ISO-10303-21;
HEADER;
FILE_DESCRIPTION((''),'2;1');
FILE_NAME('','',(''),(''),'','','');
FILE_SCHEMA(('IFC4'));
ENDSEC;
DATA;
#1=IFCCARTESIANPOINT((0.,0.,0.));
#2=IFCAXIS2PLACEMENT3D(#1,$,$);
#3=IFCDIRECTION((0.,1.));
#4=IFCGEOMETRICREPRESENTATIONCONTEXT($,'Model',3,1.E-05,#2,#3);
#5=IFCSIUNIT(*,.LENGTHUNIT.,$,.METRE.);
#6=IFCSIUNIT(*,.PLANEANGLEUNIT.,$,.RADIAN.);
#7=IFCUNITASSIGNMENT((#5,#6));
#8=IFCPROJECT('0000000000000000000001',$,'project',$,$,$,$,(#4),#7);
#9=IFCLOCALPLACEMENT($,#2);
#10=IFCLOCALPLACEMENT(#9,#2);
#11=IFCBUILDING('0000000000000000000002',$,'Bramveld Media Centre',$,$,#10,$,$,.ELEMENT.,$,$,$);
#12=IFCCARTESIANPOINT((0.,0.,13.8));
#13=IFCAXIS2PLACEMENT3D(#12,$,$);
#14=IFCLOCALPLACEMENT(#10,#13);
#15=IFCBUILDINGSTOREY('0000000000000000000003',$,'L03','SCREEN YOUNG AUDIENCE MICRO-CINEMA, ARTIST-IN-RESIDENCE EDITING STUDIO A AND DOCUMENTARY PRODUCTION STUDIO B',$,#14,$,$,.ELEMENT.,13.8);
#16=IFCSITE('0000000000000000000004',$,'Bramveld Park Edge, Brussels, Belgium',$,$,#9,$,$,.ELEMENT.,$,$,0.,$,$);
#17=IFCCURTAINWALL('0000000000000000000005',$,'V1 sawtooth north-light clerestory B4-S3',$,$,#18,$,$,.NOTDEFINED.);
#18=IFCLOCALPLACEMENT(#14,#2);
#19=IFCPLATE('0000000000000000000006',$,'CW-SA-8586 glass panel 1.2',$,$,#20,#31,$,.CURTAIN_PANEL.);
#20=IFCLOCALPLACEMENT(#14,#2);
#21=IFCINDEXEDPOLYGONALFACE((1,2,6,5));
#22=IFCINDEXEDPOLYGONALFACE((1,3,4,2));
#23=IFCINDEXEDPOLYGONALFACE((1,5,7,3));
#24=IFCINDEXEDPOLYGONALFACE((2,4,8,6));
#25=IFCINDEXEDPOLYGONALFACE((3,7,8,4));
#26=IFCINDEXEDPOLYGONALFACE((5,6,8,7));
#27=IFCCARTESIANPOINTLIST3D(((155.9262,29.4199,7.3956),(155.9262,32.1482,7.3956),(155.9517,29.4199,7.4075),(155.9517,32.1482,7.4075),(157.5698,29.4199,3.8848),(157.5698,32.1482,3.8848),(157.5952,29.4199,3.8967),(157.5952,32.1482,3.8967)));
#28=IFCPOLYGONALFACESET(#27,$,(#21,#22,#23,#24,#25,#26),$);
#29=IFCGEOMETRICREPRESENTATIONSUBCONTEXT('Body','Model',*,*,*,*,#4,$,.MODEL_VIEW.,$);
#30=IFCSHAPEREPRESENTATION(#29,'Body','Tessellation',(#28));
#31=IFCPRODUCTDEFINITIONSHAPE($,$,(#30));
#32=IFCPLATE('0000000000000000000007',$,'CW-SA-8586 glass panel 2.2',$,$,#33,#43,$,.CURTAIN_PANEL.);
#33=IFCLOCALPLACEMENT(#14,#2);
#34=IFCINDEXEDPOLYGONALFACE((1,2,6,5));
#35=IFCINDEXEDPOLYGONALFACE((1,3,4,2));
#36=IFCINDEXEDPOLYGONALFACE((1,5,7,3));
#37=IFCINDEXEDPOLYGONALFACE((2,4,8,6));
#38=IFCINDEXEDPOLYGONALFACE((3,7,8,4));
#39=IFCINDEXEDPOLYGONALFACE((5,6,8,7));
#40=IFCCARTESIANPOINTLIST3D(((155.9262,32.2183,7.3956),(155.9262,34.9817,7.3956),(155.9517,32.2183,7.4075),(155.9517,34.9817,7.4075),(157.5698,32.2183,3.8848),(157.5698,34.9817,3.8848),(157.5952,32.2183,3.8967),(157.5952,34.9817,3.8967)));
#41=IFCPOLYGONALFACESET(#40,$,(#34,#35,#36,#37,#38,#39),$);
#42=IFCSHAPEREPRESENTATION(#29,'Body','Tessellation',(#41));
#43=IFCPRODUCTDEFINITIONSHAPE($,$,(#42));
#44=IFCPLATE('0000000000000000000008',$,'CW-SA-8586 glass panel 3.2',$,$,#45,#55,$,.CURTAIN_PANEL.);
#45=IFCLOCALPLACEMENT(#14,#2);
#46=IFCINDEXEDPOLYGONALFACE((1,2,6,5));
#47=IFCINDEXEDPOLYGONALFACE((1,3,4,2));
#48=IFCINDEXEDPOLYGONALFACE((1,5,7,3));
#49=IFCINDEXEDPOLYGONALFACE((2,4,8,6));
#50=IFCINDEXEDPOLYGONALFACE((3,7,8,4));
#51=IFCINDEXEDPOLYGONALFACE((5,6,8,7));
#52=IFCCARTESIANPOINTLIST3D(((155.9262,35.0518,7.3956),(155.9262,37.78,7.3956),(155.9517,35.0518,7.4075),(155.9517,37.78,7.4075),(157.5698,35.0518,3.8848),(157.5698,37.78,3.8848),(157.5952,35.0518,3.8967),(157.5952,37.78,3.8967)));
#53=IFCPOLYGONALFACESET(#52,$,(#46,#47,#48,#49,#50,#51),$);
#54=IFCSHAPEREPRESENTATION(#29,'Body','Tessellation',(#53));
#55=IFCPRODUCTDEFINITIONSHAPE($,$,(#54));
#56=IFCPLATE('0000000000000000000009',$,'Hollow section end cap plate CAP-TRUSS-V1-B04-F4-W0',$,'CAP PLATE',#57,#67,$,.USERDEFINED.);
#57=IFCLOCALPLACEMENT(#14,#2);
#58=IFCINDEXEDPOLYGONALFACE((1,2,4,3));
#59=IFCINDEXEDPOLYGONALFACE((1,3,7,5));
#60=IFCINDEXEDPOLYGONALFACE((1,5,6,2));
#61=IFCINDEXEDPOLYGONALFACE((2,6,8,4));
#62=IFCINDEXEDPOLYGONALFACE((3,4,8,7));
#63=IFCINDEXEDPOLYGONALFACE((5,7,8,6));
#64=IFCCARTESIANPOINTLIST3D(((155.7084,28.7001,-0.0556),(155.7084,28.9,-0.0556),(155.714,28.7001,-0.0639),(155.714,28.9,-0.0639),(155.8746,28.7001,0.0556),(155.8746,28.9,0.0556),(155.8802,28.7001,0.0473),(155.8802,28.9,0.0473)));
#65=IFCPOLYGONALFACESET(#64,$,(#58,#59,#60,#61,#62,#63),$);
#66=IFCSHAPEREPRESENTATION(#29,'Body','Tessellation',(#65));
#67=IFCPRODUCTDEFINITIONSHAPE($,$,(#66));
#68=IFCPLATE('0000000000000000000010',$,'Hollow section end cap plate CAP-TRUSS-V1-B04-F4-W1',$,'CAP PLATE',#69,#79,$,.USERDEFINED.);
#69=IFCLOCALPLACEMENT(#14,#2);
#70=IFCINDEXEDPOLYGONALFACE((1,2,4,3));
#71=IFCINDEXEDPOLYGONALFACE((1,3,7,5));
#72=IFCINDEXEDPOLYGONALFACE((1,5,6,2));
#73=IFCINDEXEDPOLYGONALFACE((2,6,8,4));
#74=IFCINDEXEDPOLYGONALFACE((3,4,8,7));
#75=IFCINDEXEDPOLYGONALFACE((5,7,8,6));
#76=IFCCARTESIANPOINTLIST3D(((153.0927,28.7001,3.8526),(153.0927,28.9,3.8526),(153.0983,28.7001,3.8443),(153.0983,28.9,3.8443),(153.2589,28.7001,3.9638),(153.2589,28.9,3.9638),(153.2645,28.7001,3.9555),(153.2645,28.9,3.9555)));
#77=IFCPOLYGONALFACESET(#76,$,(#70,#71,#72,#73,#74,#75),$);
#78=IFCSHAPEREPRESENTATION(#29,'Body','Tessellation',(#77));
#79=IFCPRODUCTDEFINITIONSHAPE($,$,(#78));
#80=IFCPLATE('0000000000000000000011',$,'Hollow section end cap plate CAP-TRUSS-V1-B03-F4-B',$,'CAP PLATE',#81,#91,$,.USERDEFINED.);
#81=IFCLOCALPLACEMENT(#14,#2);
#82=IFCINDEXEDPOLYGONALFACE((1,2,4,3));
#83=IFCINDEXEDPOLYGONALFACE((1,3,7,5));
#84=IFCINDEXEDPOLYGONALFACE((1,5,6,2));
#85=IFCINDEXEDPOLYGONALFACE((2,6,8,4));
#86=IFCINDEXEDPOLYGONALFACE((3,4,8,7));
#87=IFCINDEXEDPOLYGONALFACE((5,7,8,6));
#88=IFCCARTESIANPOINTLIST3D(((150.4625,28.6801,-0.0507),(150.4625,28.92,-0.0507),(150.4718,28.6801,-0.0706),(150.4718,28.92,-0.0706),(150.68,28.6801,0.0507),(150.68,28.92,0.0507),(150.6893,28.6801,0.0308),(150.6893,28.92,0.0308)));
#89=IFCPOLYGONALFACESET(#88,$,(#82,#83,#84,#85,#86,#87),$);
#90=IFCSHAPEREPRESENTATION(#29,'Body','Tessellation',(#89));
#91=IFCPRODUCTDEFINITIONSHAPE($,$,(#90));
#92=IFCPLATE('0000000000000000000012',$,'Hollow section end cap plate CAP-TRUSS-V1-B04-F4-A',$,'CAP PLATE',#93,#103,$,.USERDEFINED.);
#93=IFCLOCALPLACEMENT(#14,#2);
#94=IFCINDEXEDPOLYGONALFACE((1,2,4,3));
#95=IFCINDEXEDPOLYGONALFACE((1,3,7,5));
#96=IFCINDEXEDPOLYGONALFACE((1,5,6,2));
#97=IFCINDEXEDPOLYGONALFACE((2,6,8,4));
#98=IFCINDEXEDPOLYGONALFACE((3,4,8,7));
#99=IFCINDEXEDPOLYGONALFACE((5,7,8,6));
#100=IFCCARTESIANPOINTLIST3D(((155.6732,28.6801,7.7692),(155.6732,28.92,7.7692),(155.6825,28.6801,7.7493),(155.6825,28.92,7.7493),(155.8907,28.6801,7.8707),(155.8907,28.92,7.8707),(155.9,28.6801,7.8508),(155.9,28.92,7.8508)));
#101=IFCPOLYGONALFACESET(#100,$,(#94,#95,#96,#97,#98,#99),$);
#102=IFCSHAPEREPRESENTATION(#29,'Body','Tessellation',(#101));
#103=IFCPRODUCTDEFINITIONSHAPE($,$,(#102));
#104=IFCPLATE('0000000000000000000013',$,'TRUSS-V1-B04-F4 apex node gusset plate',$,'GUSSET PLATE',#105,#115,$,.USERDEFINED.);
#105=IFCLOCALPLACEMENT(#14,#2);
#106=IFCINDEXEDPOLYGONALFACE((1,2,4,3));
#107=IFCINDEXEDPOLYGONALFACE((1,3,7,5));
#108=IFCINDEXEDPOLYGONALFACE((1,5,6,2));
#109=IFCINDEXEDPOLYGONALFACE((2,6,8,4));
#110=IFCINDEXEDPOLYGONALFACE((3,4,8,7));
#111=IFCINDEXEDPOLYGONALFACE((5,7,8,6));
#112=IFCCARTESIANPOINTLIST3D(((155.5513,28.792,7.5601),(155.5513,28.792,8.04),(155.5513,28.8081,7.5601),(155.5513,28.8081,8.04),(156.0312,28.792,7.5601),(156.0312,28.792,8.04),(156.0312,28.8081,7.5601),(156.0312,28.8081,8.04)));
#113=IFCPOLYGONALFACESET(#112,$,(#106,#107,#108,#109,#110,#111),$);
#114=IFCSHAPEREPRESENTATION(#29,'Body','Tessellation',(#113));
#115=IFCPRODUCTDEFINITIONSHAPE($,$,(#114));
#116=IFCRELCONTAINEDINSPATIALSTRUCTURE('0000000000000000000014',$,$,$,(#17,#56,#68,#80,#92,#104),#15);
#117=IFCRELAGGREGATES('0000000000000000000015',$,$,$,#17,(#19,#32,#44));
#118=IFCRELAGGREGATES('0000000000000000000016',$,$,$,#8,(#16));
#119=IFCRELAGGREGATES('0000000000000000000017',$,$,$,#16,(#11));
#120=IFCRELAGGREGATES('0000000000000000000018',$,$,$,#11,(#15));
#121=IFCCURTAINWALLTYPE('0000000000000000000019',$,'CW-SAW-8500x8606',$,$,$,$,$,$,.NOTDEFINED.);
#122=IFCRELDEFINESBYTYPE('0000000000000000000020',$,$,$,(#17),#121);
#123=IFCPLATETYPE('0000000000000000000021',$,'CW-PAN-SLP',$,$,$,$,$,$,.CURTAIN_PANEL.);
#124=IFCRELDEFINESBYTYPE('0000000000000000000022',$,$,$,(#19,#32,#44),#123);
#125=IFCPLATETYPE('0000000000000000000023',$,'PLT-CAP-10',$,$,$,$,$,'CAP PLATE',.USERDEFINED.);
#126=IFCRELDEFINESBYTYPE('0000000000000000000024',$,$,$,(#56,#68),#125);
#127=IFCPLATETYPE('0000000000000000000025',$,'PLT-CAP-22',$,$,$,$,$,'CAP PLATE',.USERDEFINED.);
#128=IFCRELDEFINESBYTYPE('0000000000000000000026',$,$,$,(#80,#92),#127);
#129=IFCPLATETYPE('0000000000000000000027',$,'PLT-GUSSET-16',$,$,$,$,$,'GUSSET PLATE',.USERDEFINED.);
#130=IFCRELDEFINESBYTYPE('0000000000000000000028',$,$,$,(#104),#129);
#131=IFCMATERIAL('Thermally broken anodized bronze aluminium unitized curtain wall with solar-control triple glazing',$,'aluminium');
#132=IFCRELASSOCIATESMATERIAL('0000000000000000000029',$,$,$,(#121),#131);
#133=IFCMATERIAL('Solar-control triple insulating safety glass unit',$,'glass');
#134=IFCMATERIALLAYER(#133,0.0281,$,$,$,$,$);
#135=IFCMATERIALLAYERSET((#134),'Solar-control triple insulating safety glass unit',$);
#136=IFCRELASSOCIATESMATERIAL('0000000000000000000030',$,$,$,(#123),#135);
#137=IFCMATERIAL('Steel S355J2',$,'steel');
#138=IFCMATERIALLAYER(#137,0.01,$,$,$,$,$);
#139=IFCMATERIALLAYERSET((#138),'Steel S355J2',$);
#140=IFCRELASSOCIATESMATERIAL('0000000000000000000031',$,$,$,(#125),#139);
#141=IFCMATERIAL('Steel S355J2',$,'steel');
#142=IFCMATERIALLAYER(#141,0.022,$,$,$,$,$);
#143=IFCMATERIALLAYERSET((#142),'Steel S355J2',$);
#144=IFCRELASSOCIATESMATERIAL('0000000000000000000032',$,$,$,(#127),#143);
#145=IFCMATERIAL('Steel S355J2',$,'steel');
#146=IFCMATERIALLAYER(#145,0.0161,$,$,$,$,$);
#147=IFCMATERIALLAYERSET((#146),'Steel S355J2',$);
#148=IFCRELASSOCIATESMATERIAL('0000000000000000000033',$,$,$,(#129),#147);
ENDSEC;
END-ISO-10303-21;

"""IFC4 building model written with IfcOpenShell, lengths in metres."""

from ifc_helpers import new_model, si_unit, direction, frame, origin, origin_2d, place, context, subcontext, project, spatial, polyline, rectangle, outline, extrude, material, layer, layer_set, type_object, element, aggregate, save


model = new_model("IFC4")

# Units and contexts
model_context = context("Model", 3, precision=1e-05, world=origin(), true_north=direction((0.0, 1.0)))
body_context = subcontext(model_context, "Body", "Model", "MODEL_VIEW")
ifc_project = project(units=[si_unit("LENGTHUNIT", "METRE"), si_unit("PLANEANGLEUNIT", "RADIAN")], contexts=[model_context])

# Site, building, storey
site_placement = place(None, origin())
site = spatial("IfcSite", under=ifc_project, at=site_placement, Name="Bramveld Park Edge, Brussels, Belgium", CompositionType="ELEMENT", RefElevation=0.0)
building_placement = place(site_placement, origin())
building = spatial("IfcBuilding", under=site, at=building_placement, Name="Bramveld Media Centre", CompositionType="ELEMENT")
storey_placement = place(building_placement, frame((0.0, 0.0, 13.8)))
storey = spatial("IfcBuildingStorey", under=building, at=storey_placement, Name="L03", Description="SCREEN YOUNG AUDIENCE MICRO-CINEMA, ARTIST-IN-RESIDENCE EDITING STUDIO A AND DOCUMENTARY PRODUCTION STUDIO B", CompositionType="ELEMENT", Elevation=13.8)

# Shared definitions
ifc_material_1 = material(Name="Thermally broken anodized bronze aluminium unitized curtain wall with solar-control triple glazing", Category="aluminium")
curtain_wall_type_1 = type_object("IfcCurtainWallType", Name="CW-SAW-8500x8606", PredefinedType="NOTDEFINED", material=ifc_material_1)

# Curtain wall
curtain_wall_1_placement = place(storey_placement, origin())
curtain_wall_1 = element("IfcCurtainWall", 1, at=curtain_wall_1_placement, inside=storey, type_object=curtain_wall_type_1, Name="V1 sawtooth north-light clerestory B4-S3", PredefinedType="NOTDEFINED")

# Plates
ifc_material_2 = material(Name="Solar-control triple insulating safety glass unit", Category="glass")
ifc_layer_1 = layer(ifc_material_2, 0.0281)
ifc_layer_set_1 = layer_set([ifc_layer_1], Name="Solar-control triple insulating safety glass unit")
plate_type_1 = type_object("IfcPlateType", Name="CW-PAN-SLP", PredefinedType="CURTAIN_PANEL", material=ifc_layer_set_1)
plate_1_placement = place(storey_placement, frame((157.5952, 29.4199, 3.8967), z_axis=(0.905668, 0.0, 0.423988), x_axis=(0.0, 1.0, 0.0)))
plate_1 = element("IfcPlate", 2, at=plate_1_placement, type_object=plate_type_1, Name="CW-SA-8586 glass panel 1.2", PredefinedType="CURTAIN_PANEL", context=body_context, shape_type="SweptSolid", body=[
    extrude(outline(polyline([(0.0, 0.0), (2.7283, 0.0), (2.7283, 3.8764), (0.0, 3.8764), (0.0, 0.0)])), origin(), (0.0, 0.0, -1.0), 0.0281),
])
plate_2_placement = place(storey_placement, frame((157.5952, 32.2183, 3.8967), z_axis=(0.905668, 0.0, 0.423988), x_axis=(0.0, 1.0, 0.0)))
plate_2 = element("IfcPlate", 3, at=plate_2_placement, type_object=plate_type_1, Name="CW-SA-8586 glass panel 2.2", PredefinedType="CURTAIN_PANEL", context=body_context, shape_type="SweptSolid", body=[
    extrude(outline(polyline([(0.0, 0.0), (2.7634, 0.0), (2.7634, 3.8764), (0.0, 3.8764), (0.0, 0.0)])), origin(), (0.0, 0.0, -1.0), 0.0281),
])
plate_3_placement = place(storey_placement, frame((157.5952, 35.0518, 3.8967), z_axis=(0.905668, 0.0, 0.423988), x_axis=(0.0, 1.0, 0.0)))
plate_3 = element("IfcPlate", 4, at=plate_3_placement, type_object=plate_type_1, Name="CW-SA-8586 glass panel 3.2", PredefinedType="CURTAIN_PANEL", context=body_context, shape_type="SweptSolid", body=[
    extrude(outline(polyline([(0.0, 0.0), (2.7283, 0.0), (2.7283, 3.8764), (0.0, 3.8764), (0.0, 0.0)])), origin(), (0.0, 0.0, -1.0), 0.0281),
])
aggregate(curtain_wall_1, [plate_1, plate_2, plate_3])

# Plates
ifc_material_3 = material(Name="Steel S355J2", Category="steel")
ifc_layer_2 = layer(ifc_material_3, 0.01)
ifc_layer_set_2 = layer_set([ifc_layer_2], Name="Steel S355J2")
plate_type_2 = type_object("IfcPlateType", Name="PLT-CAP-10", ElementType="CAP PLATE", PredefinedType="USERDEFINED", material=ifc_layer_set_2)
for number, where, z_axis, x_axis, name in (
    (5, (155.7915, 28.8, 0.0), (0.55616, 0.0, -0.831075), (0.0, 1.0, 0.0), "Hollow section end cap plate CAP-TRUSS-V1-B04-F4-W0"),
    (6, (153.1814, 28.8, 3.8999), (-0.55616, 0.0, 0.831075), (0.0, -1.0, 0.0), "Hollow section end cap plate CAP-TRUSS-V1-B04-F4-W1"),
):
    element("IfcPlate", number, at=place(storey_placement, frame(where, z_axis=z_axis, x_axis=x_axis)), inside=storey, type_object=plate_type_2, Name=name, ObjectType="CAP PLATE", PredefinedType="USERDEFINED", context=body_context, shape_type="SweptSolid", body=[
        extrude(rectangle(XDim=0.2, YDim=0.2, at=origin_2d()), origin(), (0.0, 0.0, 1.0), 0.01),
    ])
ifc_material_4 = material(Name="Steel S355J2", Category="steel")
ifc_layer_3 = layer(ifc_material_4, 0.022)
ifc_layer_set_3 = layer_set([ifc_layer_3], Name="Steel S355J2")
plate_type_3 = type_object("IfcPlateType", Name="PLT-CAP-22", ElementType="CAP PLATE", PredefinedType="USERDEFINED", material=ifc_layer_set_3)
for number, where, z_axis, x_axis, name in (
    (7, (150.5713, 28.8, 0.0), (0.422618, 0.0, -0.906308), (0.0, 1.0, 0.0), "Hollow section end cap plate CAP-TRUSS-V1-B03-F4-B"),
    (8, (155.7913, 28.8, 7.8), (-0.422628, 0.0, 0.906303), (0.0, -1.0, 0.0), "Hollow section end cap plate CAP-TRUSS-V1-B04-F4-A"),
):
    element("IfcPlate", number, at=place(storey_placement, frame(where, z_axis=z_axis, x_axis=x_axis)), inside=storey, type_object=plate_type_3, Name=name, ObjectType="CAP PLATE", PredefinedType="USERDEFINED", context=body_context, shape_type="SweptSolid", body=[
        extrude(rectangle(XDim=0.24, YDim=0.24, at=origin_2d()), origin(), (0.0, 0.0, 1.0), 0.022),
    ])
ifc_material_5 = material(Name="Steel S355J2", Category="steel")
ifc_layer_4 = layer(ifc_material_5, 0.0161)
ifc_layer_set_4 = layer_set([ifc_layer_4], Name="Steel S355J2")
plate_type_4 = type_object("IfcPlateType", Name="PLT-GUSSET-16", ElementType="GUSSET PLATE", PredefinedType="USERDEFINED", material=ifc_layer_set_4)
plate_4_placement = place(storey_placement, frame((155.7913, 28.8, 7.5601), z_axis=(0.0, 0.0, 1.0), x_axis=(1.0, 0.0, 0.0)))
element("IfcPlate", 9, at=plate_4_placement, inside=storey, type_object=plate_type_4, Name="TRUSS-V1-B04-F4 apex node gusset plate", ObjectType="GUSSET PLATE", PredefinedType="USERDEFINED", context=body_context, shape_type="SweptSolid", body=[
    extrude(rectangle(XDim=0.48, YDim=0.0161, at=origin_2d()), origin(), (0.0, 0.0, 1.0), 0.48),
])

save(model, "model.ifc")
